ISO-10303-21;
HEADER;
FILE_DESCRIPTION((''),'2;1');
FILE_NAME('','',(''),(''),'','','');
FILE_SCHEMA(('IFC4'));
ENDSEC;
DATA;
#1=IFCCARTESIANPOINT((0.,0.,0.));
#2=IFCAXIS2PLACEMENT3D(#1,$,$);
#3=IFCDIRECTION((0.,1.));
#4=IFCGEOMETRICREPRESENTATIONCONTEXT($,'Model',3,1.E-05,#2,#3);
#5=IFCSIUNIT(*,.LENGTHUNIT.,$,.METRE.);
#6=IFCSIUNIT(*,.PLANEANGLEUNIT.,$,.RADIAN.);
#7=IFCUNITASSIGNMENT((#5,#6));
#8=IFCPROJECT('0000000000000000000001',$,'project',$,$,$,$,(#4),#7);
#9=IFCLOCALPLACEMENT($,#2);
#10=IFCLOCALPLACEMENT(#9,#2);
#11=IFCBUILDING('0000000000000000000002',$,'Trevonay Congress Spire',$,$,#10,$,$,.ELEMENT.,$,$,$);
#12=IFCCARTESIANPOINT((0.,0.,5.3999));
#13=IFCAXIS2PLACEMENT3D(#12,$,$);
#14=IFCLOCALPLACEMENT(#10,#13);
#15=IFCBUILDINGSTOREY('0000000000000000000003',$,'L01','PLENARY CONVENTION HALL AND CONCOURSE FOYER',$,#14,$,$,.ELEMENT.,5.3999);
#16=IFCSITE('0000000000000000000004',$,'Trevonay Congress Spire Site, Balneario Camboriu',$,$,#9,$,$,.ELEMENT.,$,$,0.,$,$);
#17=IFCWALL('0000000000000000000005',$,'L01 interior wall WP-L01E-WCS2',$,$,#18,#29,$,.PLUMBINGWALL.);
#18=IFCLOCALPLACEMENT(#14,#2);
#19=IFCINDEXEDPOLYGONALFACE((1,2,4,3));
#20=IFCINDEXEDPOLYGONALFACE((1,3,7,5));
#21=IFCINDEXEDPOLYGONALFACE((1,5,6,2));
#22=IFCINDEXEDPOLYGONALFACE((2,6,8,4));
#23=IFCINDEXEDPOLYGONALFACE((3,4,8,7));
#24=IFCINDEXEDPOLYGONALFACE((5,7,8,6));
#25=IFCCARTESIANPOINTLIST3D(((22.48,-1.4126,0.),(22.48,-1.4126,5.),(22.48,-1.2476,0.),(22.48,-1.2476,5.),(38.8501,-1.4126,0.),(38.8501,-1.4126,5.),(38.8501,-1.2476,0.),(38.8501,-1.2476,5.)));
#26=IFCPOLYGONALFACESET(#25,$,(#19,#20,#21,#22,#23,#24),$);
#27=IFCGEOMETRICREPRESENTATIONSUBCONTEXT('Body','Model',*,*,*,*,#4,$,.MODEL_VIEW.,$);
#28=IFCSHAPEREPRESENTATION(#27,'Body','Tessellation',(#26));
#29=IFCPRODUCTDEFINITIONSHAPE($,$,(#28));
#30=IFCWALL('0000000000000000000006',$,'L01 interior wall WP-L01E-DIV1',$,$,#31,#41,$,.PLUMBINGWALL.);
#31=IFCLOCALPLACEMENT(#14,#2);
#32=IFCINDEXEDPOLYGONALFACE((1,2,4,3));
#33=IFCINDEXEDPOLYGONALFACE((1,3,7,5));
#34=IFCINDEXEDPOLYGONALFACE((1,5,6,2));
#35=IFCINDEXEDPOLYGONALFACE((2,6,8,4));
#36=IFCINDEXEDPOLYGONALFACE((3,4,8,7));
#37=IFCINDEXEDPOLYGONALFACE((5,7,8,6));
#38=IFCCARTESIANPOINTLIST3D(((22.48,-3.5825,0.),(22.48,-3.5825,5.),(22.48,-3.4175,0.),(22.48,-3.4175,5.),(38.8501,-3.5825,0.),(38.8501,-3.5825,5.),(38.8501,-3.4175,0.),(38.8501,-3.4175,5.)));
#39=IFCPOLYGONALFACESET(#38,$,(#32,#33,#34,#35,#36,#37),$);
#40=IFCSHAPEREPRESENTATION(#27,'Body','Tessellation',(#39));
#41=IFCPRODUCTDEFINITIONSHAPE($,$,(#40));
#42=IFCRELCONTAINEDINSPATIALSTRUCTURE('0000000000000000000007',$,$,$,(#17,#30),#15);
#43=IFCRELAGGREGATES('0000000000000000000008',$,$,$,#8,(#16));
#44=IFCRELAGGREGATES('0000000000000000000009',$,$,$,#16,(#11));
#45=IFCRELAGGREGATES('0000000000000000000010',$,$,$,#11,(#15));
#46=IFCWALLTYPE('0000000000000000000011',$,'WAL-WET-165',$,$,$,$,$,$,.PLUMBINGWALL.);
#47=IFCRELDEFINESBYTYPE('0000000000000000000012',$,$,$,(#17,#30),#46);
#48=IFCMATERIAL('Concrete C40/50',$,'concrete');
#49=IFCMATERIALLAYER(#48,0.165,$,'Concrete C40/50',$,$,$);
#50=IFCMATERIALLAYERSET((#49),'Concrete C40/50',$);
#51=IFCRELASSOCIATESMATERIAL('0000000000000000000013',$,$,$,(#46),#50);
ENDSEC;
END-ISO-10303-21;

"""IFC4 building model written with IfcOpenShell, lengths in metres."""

from ifc_helpers import new_model, si_unit, direction, frame, frame_2d, origin, place, context, subcontext, project, spatial, rectangle, extrude, material, layer, layer_set, type_object, element, save


model = new_model("IFC4")

# Units and contexts
model_context = context("Model", 3, precision=1e-05, world=origin(), true_north=direction((0.0, 1.0)))
body_context = subcontext(model_context, "Body", "Model", "MODEL_VIEW")
ifc_project = project(units=[si_unit("LENGTHUNIT", "METRE"), si_unit("PLANEANGLEUNIT", "RADIAN")], contexts=[model_context])

# Site, building, storey
site_placement = place(None, origin())
site = spatial("IfcSite", under=ifc_project, at=site_placement, Name="Trevonay Congress Spire Site, Balneario Camboriu", CompositionType="ELEMENT", RefElevation=0.0)
building_placement = place(site_placement, origin())
building = spatial("IfcBuilding", under=site, at=building_placement, Name="Trevonay Congress Spire", CompositionType="ELEMENT")
storey_placement = place(building_placement, frame((0.0, 0.0, 5.3999)))
storey = spatial("IfcBuildingStorey", under=building, at=storey_placement, Name="L01", Description="PLENARY CONVENTION HALL AND CONCOURSE FOYER", CompositionType="ELEMENT", Elevation=5.3999)

# Shared definitions
ifc_material_1 = material(Name="Concrete C40/50", Category="concrete")

# Walls
ifc_layer_1 = layer(ifc_material_1, 0.165, Name="Concrete C40/50")
ifc_layer_set_1 = layer_set([ifc_layer_1], Name="Concrete C40/50")
wall_type_1 = type_object("IfcWallType", Name="WAL-WET-165", PredefinedType="PLUMBINGWALL", material=ifc_layer_set_1)
for number, where, z_axis, x_axis, name in (
    (1, (22.48, -1.3301, 0.0), (0.0, 0.0, 1.0), (1.0, 0.0, 0.0), "L01 interior wall WP-L01E-WCS2"),
    (2, (22.48, -3.5, 0.0), (0.0, 0.0, 1.0), (1.0, 0.0, 0.0), "L01 interior wall WP-L01E-DIV1"),
):
    element("IfcWall", number, at=place(storey_placement, frame(where, z_axis=z_axis, x_axis=x_axis)), inside=storey, type_object=wall_type_1, Name=name, PredefinedType="PLUMBINGWALL", context=body_context, shape_type="SweptSolid", body=[
        extrude(rectangle(XDim=16.3701, YDim=0.165, at=frame_2d((8.1851, 0.0))), origin(), (0.0, 0.0, 1.0), 5.0),
    ])

save(model, "model.ifc")
